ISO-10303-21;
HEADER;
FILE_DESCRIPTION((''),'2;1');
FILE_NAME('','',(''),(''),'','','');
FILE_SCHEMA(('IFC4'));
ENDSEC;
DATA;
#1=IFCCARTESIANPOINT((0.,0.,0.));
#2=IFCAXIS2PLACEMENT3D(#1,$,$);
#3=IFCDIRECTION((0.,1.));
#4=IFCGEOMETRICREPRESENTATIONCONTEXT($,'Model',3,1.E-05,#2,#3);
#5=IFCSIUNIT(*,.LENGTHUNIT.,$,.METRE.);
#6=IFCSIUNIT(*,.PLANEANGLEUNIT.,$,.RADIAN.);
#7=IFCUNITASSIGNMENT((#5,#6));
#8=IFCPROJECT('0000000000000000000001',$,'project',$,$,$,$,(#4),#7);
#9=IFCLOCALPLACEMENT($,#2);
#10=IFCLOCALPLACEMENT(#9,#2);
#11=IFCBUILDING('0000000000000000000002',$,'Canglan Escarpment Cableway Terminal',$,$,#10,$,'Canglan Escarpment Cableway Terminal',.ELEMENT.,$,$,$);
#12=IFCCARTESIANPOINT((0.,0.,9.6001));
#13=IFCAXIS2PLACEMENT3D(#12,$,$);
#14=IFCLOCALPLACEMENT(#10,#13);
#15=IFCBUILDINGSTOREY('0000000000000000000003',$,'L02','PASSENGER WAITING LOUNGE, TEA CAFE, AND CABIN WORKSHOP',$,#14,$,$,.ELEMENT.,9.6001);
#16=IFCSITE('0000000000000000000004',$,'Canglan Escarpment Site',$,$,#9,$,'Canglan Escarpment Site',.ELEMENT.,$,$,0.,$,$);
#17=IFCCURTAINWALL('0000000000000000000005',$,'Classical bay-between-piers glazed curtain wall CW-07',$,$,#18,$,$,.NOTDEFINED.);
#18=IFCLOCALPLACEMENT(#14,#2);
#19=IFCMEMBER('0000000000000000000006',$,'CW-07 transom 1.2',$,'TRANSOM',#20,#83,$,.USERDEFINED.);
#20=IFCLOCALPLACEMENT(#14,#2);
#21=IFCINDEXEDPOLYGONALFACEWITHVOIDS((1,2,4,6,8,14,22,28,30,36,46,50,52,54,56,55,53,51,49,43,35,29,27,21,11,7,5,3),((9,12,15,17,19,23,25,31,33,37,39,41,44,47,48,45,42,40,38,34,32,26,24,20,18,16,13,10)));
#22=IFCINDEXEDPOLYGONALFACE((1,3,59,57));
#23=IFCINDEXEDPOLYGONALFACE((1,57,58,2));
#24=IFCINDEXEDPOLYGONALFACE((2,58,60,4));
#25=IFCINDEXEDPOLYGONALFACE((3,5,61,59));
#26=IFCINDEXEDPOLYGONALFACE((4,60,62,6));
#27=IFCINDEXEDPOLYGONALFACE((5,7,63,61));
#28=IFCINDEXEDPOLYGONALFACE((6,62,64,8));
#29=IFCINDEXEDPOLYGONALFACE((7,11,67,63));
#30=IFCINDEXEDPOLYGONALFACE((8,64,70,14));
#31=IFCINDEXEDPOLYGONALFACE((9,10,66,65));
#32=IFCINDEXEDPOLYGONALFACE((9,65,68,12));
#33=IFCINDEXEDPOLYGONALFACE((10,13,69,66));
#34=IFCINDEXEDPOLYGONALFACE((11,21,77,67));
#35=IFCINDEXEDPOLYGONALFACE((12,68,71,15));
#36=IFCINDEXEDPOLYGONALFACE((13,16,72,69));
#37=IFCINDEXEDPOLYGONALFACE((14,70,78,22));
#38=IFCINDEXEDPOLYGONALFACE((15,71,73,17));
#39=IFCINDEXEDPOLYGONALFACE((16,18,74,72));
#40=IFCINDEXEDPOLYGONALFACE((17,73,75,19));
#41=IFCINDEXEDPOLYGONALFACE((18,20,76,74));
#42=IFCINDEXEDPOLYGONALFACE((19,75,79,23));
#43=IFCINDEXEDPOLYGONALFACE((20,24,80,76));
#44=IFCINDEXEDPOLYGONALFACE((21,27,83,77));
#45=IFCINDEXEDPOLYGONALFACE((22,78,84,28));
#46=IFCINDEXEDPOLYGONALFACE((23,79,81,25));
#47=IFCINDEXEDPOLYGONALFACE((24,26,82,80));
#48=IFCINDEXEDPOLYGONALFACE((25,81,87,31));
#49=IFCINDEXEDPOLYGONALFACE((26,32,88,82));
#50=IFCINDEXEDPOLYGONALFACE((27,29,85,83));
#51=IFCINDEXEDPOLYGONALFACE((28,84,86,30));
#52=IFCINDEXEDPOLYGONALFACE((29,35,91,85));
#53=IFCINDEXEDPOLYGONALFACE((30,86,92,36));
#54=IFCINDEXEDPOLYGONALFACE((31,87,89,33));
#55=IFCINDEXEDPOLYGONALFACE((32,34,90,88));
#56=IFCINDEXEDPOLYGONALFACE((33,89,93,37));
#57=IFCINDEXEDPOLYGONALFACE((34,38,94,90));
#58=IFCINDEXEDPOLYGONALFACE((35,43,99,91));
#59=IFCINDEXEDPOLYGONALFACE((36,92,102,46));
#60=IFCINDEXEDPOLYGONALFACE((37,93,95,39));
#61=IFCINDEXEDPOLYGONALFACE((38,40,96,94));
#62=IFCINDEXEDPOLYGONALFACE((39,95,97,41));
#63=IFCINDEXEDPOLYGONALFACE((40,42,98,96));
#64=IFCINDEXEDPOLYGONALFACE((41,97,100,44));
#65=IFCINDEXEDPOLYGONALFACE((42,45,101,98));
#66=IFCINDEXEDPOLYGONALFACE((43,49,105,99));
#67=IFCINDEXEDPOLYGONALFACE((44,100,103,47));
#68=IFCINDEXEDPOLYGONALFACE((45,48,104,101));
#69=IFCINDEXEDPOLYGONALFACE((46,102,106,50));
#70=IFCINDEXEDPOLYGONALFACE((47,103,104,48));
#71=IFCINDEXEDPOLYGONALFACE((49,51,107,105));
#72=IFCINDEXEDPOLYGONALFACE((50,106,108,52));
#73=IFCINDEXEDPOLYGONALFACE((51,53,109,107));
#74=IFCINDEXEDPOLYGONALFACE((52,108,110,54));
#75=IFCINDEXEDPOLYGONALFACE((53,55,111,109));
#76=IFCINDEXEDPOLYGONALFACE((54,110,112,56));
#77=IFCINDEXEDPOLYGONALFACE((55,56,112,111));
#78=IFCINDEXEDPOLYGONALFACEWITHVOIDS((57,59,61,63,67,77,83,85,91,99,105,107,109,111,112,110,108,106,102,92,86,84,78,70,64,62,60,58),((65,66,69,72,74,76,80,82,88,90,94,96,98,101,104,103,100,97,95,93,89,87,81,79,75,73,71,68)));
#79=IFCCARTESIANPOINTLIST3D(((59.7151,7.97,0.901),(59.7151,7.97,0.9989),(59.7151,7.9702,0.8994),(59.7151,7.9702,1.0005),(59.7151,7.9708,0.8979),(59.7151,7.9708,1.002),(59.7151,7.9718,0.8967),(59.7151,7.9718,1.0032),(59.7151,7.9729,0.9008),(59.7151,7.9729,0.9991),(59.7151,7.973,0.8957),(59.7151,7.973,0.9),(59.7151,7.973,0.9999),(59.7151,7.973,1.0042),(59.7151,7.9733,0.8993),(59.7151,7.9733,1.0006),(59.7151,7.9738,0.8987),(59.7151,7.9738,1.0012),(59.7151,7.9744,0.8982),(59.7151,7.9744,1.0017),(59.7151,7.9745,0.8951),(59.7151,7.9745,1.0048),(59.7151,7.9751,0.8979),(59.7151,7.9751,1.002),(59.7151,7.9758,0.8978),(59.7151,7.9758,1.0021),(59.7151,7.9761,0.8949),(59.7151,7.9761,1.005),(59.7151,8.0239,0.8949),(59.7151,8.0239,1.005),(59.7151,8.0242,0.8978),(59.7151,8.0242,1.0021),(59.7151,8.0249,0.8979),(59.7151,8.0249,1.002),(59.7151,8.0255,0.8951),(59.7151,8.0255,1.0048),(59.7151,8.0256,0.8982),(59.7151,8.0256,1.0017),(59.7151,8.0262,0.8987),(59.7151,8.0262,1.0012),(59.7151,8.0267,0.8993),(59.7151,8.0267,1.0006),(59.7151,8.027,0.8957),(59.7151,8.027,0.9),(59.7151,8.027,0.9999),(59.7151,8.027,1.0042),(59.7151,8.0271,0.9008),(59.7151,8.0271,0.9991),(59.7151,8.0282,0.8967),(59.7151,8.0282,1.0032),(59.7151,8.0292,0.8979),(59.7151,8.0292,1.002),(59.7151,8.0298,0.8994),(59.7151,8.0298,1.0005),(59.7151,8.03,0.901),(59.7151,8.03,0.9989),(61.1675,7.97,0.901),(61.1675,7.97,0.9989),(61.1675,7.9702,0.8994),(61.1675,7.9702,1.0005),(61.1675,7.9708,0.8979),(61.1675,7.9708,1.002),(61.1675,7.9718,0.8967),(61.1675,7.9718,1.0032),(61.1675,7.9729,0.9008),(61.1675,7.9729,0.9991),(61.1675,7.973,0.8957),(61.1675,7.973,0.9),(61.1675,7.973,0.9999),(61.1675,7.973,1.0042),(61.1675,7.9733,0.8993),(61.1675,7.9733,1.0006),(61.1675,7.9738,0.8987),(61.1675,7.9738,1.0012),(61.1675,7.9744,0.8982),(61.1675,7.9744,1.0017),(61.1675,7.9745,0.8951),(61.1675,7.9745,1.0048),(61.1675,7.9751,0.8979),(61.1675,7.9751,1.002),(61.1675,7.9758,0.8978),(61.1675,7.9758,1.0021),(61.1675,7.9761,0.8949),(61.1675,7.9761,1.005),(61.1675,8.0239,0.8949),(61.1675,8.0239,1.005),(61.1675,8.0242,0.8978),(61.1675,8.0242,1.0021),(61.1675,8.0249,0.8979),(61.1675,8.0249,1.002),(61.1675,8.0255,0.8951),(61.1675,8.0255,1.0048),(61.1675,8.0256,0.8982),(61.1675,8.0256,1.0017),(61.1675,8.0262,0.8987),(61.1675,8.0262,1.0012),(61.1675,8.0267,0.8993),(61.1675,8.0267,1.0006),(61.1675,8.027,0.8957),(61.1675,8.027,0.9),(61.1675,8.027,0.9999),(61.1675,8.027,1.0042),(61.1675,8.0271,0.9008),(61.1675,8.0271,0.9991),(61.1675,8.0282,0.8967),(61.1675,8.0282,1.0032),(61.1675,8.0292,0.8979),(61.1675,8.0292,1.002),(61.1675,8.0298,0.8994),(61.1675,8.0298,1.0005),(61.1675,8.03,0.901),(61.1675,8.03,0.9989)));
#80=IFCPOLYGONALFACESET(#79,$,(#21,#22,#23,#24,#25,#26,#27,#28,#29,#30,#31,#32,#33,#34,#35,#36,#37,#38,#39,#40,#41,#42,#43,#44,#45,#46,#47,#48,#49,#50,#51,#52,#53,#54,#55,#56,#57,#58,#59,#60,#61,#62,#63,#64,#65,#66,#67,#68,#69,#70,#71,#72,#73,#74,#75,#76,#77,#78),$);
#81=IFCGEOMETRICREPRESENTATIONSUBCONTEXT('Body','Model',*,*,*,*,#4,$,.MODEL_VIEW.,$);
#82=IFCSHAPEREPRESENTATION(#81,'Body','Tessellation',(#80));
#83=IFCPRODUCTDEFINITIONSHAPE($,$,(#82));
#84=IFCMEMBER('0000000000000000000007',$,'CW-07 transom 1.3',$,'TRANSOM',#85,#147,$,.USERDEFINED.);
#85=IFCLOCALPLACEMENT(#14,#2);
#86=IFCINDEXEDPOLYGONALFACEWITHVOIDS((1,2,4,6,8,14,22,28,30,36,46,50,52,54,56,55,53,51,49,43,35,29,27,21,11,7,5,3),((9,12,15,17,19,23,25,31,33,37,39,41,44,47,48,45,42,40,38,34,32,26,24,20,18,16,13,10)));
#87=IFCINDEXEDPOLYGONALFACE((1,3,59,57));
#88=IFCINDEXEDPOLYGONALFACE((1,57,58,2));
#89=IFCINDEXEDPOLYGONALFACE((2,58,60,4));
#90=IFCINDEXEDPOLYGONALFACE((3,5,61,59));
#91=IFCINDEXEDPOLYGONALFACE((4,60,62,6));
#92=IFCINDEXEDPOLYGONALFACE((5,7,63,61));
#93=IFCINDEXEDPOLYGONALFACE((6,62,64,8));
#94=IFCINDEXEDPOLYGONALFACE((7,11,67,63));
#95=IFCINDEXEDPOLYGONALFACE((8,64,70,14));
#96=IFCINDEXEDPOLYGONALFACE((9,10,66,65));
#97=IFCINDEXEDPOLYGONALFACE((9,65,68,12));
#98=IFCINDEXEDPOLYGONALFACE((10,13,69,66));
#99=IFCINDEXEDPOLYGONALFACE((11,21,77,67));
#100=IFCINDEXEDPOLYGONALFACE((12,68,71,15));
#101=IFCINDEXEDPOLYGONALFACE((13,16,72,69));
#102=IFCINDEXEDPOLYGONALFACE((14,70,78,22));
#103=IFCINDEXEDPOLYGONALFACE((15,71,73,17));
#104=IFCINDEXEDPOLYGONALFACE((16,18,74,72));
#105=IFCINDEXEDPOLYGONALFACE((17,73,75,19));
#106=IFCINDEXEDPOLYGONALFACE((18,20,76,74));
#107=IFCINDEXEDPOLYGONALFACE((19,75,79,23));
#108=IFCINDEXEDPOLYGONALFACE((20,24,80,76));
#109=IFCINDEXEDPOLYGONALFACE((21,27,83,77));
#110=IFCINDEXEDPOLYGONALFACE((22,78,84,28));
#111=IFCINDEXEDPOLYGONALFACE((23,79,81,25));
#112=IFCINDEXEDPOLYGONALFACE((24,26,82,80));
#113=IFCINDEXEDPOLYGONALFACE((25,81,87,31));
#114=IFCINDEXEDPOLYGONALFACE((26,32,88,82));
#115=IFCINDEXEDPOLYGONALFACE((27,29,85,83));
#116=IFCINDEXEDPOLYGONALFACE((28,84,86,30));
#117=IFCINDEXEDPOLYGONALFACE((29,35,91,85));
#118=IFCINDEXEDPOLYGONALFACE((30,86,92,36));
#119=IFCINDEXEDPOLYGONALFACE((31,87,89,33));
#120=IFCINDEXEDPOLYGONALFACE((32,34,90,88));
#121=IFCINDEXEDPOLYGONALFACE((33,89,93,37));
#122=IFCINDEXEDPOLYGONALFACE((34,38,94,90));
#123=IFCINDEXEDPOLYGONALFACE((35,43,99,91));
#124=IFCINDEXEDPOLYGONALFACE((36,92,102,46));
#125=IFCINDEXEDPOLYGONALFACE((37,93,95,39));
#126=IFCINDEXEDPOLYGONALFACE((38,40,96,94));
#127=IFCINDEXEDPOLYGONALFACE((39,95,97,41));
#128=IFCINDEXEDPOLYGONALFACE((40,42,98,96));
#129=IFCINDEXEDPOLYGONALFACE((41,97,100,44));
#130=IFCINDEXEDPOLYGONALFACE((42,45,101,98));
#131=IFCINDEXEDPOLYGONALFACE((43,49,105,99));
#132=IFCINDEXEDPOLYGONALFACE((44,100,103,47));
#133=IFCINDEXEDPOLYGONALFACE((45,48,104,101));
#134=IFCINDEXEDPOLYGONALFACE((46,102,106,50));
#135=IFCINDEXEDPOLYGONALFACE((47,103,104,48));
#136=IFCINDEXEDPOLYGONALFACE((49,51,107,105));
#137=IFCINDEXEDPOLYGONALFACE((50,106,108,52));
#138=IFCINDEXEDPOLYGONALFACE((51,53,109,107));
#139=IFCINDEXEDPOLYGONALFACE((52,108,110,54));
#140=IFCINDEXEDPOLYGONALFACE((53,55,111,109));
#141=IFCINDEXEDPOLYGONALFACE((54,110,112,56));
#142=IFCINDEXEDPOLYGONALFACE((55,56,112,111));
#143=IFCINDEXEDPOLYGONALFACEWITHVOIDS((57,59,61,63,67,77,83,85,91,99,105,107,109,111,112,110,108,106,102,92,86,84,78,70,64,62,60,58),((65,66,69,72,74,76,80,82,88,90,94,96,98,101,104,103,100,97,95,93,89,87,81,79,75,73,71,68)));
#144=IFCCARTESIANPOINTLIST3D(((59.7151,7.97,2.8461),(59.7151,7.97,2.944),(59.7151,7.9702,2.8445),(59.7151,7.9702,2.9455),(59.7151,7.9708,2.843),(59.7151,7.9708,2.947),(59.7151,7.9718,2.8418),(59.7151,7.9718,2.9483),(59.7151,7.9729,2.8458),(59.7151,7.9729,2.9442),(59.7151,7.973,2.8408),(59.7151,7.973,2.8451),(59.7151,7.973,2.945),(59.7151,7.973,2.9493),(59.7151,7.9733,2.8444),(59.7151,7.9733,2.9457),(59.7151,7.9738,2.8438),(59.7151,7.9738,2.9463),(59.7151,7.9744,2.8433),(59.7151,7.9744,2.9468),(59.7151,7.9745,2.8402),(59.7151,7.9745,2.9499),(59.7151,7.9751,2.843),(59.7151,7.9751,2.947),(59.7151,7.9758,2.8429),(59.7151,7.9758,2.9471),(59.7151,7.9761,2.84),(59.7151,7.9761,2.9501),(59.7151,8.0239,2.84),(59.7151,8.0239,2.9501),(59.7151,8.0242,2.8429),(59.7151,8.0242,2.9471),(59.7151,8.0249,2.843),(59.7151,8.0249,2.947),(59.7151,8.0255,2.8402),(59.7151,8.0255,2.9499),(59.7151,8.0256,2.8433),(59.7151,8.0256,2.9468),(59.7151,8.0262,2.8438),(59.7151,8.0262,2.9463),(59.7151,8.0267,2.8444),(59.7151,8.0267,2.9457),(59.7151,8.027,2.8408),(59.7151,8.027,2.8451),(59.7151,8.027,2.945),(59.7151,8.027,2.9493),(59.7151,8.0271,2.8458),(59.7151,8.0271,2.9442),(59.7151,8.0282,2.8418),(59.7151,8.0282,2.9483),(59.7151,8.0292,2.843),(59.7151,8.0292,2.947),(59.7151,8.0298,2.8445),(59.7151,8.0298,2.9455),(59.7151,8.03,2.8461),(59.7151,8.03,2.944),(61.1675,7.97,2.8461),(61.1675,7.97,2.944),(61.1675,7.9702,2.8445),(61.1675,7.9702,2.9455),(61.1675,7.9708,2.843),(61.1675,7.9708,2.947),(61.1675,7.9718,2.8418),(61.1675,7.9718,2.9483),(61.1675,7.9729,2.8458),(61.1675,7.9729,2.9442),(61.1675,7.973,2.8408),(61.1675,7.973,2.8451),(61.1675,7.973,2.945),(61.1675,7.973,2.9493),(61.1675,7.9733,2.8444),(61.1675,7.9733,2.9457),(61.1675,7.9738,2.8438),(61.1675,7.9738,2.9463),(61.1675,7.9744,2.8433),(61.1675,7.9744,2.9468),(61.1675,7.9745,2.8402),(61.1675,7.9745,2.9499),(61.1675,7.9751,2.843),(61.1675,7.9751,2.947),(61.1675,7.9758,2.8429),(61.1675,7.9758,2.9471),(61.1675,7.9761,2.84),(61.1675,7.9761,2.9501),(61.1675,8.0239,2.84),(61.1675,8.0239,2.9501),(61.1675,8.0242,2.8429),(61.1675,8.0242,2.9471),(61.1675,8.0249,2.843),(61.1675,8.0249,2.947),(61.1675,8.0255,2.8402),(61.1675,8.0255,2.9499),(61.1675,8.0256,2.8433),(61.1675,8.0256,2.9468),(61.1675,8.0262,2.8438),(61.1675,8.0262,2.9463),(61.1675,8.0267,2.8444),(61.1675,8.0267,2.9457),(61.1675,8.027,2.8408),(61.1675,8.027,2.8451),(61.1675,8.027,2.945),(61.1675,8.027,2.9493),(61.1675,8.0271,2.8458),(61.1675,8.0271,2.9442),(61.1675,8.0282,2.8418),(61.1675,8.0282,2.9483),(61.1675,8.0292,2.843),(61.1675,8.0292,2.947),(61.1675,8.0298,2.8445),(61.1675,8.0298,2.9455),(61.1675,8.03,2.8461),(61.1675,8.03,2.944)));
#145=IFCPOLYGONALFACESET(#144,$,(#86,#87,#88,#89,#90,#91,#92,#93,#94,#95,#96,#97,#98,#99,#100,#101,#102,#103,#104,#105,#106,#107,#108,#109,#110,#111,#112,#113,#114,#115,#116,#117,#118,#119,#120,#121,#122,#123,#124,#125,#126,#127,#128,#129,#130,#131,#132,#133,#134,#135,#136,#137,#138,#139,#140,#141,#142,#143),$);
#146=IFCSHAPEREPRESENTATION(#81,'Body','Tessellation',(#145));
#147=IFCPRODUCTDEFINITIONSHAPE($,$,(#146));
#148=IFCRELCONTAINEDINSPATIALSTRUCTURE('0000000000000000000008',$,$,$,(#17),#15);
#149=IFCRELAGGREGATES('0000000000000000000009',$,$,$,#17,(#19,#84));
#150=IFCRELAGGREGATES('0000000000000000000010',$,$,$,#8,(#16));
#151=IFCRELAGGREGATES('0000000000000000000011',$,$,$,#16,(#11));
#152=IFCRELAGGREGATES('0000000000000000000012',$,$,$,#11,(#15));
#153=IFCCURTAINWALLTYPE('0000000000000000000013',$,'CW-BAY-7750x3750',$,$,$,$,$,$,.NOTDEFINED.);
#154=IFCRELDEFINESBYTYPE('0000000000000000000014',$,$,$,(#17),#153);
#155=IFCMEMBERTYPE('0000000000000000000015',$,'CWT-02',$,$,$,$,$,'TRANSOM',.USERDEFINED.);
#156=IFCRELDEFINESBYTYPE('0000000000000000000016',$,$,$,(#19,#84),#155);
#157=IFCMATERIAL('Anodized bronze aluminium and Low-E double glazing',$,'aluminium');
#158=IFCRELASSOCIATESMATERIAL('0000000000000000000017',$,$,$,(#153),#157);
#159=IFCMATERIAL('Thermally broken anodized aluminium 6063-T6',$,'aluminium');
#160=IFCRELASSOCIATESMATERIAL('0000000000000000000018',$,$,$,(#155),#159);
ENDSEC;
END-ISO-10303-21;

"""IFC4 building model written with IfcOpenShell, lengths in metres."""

from ifc_helpers import new_model, si_unit, direction, frame, origin, origin_2d, place, context, subcontext, project, spatial, hollow_rectangle, extrude, material, material_profile, profile_set, type_object, element, aggregate, save


model = new_model("IFC4")

# Units and contexts
model_context = context("Model", 3, precision=1e-05, world=origin(), true_north=direction((0.0, 1.0)))
body_context = subcontext(model_context, "Body", "Model", "MODEL_VIEW")
ifc_project = project(units=[si_unit("LENGTHUNIT", "METRE"), si_unit("PLANEANGLEUNIT", "RADIAN")], contexts=[model_context])

# Site, building, storey
site_placement = place(None, origin())
site = spatial("IfcSite", under=ifc_project, at=site_placement, Name="Canglan Escarpment Site", LongName="Canglan Escarpment Site", CompositionType="ELEMENT", RefElevation=0.0)
building_placement = place(site_placement, origin())
building = spatial("IfcBuilding", under=site, at=building_placement, Name="Canglan Escarpment Cableway Terminal", LongName="Canglan Escarpment Cableway Terminal", CompositionType="ELEMENT")
storey_placement = place(building_placement, frame((0.0, 0.0, 9.6001)))
storey = spatial("IfcBuildingStorey", under=building, at=storey_placement, Name="L02", Description="PASSENGER WAITING LOUNGE, TEA CAFE, AND CABIN WORKSHOP", CompositionType="ELEMENT", Elevation=9.6001)

# Curtain wall, members
ifc_material_1 = material(Name="Anodized bronze aluminium and Low-E double glazing", Category="aluminium")
curtain_wall_type = type_object("IfcCurtainWallType", Name="CW-BAY-7750x3750", PredefinedType="NOTDEFINED", material=ifc_material_1)
curtain_wall_placement = place(storey_placement, origin())
curtain_wall = element("IfcCurtainWall", 1, at=curtain_wall_placement, inside=storey, type_object=curtain_wall_type, Name="Classical bay-between-piers glazed curtain wall CW-07", PredefinedType="NOTDEFINED")
ifc_material_2 = material(Name="Thermally broken anodized aluminium 6063-T6", Category="aluminium")
ifc_material_profile_1 = material_profile(ifc_material_2, hollow_rectangle(XDim=0.0601, YDim=0.1101, WallThickness=0.0029, InnerFilletRadius=0.0029, OuterFilletRadius=0.0061, at=origin_2d()), Name="ALU-TRAN 60x110x3")
ifc_profile_set_1 = profile_set([ifc_material_profile_1], Name="Thermally broken anodized aluminium 6063-T6")
member_type_1 = type_object("IfcMemberType", Name="CWT-02", ElementType="TRANSOM", PredefinedType="USERDEFINED", material=ifc_profile_set_1)
member_1_placement = place(storey_placement, frame((59.7151, 8.0, 0.95), z_axis=(1.0, 0.0, 0.0), x_axis=(0.0, 1.0, 0.0)))
member_1 = element("IfcMember", 2, at=member_1_placement, type_object=member_type_1, Name="CW-07 transom 1.2", ObjectType="TRANSOM", PredefinedType="USERDEFINED", context=body_context, shape_type="SweptSolid", body=[
    extrude(hollow_rectangle(XDim=0.0601, YDim=0.1101, WallThickness=0.0029, InnerFilletRadius=0.0029, OuterFilletRadius=0.0061, at=origin_2d()), origin(), (0.0, 0.0, 1.0), 1.4524),
])
member_2_placement = place(storey_placement, frame((59.7151, 8.0, 2.895), z_axis=(1.0, 0.0, 0.0), x_axis=(0.0, 1.0, 0.0)))
member_2 = element("IfcMember", 3, at=member_2_placement, type_object=member_type_1, Name="CW-07 transom 1.3", ObjectType="TRANSOM", PredefinedType="USERDEFINED", context=body_context, shape_type="SweptSolid", body=[
    extrude(hollow_rectangle(XDim=0.0601, YDim=0.1101, WallThickness=0.0029, InnerFilletRadius=0.0029, OuterFilletRadius=0.0061, at=origin_2d()), origin(), (0.0, 0.0, 1.0), 1.4524),
])

aggregate(curtain_wall, [member_1, member_2])

save(model, "model.ifc")
